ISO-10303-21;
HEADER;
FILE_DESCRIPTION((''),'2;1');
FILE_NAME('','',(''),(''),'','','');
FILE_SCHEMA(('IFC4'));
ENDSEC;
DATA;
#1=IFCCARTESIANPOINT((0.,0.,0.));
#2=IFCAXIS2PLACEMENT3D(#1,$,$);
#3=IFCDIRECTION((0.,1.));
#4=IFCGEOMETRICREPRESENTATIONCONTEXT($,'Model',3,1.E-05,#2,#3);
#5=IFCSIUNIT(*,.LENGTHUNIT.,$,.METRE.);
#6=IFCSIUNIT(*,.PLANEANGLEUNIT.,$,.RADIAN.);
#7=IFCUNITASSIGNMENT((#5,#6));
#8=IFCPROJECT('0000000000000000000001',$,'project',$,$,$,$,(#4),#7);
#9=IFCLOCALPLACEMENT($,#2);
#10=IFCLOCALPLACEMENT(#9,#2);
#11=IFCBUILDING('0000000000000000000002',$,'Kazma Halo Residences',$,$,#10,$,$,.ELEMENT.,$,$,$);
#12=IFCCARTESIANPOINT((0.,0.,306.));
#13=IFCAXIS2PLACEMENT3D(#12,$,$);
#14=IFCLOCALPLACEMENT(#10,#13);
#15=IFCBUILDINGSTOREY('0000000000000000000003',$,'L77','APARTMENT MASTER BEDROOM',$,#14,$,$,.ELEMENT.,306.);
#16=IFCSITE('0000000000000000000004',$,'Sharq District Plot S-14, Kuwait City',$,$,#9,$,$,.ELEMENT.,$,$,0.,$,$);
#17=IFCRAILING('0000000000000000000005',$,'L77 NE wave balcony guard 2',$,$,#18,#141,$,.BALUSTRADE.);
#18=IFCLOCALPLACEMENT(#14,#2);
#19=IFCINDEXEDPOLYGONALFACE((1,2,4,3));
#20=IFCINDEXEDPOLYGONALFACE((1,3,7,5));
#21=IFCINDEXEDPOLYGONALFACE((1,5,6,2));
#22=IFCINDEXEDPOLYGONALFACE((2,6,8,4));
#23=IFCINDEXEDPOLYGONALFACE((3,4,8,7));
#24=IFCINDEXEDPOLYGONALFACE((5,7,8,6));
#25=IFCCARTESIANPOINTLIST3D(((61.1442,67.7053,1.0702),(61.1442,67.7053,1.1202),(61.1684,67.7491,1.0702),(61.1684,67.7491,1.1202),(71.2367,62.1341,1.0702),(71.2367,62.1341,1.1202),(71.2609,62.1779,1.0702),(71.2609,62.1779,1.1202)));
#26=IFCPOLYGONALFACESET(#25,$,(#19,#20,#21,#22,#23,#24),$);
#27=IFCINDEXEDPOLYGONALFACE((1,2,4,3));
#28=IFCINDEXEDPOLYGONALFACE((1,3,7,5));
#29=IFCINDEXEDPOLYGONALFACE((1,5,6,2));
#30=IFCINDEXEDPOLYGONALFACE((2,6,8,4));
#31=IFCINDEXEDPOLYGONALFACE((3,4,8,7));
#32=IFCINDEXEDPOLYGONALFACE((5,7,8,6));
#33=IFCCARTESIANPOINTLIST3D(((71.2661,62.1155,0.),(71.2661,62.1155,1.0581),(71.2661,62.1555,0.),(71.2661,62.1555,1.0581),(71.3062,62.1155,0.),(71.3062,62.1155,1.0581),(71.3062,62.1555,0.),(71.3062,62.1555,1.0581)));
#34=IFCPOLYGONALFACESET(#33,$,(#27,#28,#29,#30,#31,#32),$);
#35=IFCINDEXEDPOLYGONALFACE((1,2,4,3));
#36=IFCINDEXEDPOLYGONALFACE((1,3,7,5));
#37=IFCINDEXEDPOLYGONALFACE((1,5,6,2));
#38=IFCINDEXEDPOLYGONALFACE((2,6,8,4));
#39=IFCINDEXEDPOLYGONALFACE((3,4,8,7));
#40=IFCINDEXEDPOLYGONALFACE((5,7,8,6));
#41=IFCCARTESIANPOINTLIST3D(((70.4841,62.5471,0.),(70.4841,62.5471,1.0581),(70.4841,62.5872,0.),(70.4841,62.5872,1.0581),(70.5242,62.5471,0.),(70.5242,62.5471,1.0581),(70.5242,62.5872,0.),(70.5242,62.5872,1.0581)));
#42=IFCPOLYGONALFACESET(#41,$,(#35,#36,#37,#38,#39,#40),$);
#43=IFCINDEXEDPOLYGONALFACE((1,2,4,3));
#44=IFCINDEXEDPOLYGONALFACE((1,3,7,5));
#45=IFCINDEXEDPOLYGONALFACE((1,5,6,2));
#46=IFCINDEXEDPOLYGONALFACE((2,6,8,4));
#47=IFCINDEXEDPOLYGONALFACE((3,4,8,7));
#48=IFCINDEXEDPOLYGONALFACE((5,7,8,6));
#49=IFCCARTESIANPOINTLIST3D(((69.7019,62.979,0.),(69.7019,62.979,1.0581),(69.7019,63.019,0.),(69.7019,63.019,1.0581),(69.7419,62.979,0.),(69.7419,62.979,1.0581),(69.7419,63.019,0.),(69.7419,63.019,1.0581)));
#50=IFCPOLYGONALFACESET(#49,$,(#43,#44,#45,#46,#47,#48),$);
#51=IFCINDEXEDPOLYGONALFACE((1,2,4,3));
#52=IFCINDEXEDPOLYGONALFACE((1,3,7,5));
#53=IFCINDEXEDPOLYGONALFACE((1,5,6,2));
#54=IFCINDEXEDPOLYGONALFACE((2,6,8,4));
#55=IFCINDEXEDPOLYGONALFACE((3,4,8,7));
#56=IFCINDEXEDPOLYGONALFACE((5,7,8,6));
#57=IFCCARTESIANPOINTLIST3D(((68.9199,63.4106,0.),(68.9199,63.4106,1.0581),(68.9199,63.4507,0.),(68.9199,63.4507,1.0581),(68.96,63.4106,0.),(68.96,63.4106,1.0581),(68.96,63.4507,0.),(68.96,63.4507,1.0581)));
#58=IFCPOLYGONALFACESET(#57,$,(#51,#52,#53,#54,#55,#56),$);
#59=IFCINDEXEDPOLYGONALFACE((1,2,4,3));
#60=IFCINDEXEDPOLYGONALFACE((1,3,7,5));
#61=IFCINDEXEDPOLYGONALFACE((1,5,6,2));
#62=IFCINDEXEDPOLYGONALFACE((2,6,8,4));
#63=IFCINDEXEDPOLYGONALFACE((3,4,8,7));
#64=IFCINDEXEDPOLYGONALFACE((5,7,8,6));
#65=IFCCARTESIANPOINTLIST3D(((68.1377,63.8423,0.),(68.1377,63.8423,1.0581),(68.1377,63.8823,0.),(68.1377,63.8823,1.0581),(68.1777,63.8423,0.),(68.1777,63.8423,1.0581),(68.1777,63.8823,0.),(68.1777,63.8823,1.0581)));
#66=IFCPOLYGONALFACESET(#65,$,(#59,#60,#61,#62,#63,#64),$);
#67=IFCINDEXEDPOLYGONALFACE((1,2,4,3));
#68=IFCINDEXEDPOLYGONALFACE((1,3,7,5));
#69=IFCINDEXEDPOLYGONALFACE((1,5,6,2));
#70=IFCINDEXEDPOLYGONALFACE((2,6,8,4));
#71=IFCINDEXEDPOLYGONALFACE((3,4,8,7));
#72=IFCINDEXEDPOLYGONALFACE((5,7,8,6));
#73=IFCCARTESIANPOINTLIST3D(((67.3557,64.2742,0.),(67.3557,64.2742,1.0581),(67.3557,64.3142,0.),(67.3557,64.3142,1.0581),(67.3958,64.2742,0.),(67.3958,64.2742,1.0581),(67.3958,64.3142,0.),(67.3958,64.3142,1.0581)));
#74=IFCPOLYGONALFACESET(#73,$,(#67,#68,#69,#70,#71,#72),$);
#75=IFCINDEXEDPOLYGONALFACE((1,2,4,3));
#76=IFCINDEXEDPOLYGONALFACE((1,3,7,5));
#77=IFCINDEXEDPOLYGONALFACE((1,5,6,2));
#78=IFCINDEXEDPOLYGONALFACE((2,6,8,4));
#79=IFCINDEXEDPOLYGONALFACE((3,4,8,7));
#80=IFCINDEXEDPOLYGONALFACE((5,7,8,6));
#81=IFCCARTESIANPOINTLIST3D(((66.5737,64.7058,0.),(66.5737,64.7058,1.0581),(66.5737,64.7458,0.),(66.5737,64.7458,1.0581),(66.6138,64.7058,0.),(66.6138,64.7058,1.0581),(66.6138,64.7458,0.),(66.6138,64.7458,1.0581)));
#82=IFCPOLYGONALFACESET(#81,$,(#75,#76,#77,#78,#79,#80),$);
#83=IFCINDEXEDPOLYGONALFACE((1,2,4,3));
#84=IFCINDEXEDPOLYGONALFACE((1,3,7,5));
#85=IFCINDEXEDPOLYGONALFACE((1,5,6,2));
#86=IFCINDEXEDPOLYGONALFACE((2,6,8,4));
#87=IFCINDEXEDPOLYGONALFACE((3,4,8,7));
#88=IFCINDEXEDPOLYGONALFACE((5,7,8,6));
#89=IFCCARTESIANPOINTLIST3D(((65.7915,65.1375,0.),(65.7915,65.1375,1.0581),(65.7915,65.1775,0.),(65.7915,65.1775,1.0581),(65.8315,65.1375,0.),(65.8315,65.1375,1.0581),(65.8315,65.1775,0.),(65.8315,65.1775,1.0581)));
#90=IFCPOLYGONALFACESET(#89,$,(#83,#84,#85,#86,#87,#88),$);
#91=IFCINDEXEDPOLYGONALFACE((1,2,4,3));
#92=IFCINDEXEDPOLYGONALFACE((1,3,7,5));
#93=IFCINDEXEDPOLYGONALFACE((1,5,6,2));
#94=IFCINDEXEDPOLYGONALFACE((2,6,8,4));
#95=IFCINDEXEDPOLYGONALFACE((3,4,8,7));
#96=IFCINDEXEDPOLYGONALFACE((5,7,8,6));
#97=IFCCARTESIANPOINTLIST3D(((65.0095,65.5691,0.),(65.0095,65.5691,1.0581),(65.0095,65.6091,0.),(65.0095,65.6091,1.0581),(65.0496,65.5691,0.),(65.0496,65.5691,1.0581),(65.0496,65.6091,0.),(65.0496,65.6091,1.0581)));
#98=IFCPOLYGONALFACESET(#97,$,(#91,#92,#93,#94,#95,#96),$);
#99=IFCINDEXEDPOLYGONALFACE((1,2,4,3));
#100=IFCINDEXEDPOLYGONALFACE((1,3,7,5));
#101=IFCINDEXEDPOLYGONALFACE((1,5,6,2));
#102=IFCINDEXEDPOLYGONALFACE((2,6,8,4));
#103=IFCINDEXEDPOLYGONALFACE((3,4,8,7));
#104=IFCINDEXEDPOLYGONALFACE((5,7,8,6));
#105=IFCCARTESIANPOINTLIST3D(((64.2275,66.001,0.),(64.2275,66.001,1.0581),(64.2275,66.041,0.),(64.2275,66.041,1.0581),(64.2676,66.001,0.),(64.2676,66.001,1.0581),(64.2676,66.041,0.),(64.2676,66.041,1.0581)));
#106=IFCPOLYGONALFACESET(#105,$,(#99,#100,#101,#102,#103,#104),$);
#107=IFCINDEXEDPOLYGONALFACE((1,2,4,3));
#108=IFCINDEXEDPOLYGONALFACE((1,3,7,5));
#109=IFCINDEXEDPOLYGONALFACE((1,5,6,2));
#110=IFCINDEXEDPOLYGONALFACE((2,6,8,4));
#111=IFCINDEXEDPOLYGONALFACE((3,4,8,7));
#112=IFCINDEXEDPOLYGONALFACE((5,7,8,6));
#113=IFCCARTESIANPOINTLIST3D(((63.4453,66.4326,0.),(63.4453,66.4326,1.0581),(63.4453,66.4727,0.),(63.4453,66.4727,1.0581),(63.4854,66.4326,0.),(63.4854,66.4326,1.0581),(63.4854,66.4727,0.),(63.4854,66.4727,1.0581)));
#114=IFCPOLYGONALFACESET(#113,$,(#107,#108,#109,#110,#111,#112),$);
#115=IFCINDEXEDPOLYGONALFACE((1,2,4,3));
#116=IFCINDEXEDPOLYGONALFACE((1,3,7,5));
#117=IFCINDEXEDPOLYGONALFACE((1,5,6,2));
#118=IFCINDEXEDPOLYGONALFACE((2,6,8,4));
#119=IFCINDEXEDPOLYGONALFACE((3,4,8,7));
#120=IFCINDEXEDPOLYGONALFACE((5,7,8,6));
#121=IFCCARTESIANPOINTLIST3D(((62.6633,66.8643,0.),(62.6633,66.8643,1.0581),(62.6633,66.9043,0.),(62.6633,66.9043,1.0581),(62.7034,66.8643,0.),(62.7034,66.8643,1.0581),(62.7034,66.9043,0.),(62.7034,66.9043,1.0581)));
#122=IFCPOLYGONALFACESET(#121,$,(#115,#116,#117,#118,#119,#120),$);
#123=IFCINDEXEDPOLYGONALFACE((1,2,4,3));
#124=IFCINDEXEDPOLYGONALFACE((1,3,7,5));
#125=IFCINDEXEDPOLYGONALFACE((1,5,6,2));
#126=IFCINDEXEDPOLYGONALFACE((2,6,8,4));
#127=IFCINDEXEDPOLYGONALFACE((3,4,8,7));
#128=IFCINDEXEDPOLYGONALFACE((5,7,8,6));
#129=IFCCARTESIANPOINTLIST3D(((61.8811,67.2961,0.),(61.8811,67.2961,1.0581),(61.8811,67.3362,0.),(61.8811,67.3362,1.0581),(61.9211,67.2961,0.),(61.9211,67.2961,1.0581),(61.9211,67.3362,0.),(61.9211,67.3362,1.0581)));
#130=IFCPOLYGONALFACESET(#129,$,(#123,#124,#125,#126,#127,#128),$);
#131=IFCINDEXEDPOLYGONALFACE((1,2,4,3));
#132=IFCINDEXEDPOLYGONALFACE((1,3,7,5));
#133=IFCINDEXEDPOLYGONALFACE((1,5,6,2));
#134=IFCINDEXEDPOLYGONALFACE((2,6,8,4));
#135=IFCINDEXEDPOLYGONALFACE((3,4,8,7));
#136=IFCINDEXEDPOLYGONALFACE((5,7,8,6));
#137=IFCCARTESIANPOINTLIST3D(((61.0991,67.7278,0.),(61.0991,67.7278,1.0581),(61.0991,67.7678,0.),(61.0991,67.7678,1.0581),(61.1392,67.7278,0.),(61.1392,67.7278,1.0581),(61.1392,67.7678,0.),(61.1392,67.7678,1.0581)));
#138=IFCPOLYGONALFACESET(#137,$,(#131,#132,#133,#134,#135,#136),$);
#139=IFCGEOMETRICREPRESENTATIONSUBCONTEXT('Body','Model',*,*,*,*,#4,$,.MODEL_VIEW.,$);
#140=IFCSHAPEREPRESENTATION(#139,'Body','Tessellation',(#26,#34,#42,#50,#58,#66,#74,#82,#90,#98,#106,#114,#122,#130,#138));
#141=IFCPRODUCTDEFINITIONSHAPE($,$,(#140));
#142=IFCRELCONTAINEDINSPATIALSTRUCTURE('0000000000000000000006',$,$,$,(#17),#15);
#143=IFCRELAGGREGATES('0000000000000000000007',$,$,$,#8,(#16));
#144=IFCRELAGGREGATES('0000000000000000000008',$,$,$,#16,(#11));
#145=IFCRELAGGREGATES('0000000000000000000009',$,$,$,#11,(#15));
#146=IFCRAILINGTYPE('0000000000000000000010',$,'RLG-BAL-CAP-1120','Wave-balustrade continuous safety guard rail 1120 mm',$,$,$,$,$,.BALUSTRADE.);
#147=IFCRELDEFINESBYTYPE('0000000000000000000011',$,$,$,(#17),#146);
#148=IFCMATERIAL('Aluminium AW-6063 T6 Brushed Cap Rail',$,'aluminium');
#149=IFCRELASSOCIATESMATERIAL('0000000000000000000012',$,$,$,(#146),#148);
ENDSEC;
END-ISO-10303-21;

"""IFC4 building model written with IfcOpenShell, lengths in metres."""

from ifc_helpers import new_model, si_unit, direction, frame, origin, origin_2d, place, context, subcontext, project, spatial, rectangle, extrude, material, type_object, element, save


model = new_model("IFC4")

# Units and contexts
model_context = context("Model", 3, precision=1e-05, world=origin(), true_north=direction((0.0, 1.0)))
body_context = subcontext(model_context, "Body", "Model", "MODEL_VIEW")
ifc_project = project(units=[si_unit("LENGTHUNIT", "METRE"), si_unit("PLANEANGLEUNIT", "RADIAN")], contexts=[model_context])

# Site, building, storey
site_placement = place(None, origin())
site = spatial("IfcSite", under=ifc_project, at=site_placement, Name="Sharq District Plot S-14, Kuwait City", CompositionType="ELEMENT", RefElevation=0.0)
building_placement = place(site_placement, origin())
building = spatial("IfcBuilding", under=site, at=building_placement, Name="Kazma Halo Residences", CompositionType="ELEMENT")
storey_placement = place(building_placement, frame((0.0, 0.0, 306.0)))
storey = spatial("IfcBuildingStorey", under=building, at=storey_placement, Name="L77", Description="APARTMENT MASTER BEDROOM", CompositionType="ELEMENT", Elevation=306.0)

# Railing
ifc_material_1 = material(Name="Aluminium AW-6063 T6 Brushed Cap Rail", Category="aluminium")
railing_type = type_object("IfcRailingType", Name="RLG-BAL-CAP-1120", Description="Wave-balustrade continuous safety guard rail 1120 mm", PredefinedType="BALUSTRADE", material=ifc_material_1)
railing_1_placement = place(storey_placement, frame((71.2861, 62.1355, 0.0)))
element("IfcRailing", 1, at=railing_1_placement, inside=storey, type_object=railing_type, Name="L77 NE wave balcony guard 2", PredefinedType="BALUSTRADE", context=body_context, shape_type="SweptSolid", body=[
    extrude(rectangle(XDim=0.05, YDim=0.05, at=origin_2d()), frame((-0.0374, 0.0205, 1.0952), z_axis=(-0.875471, 0.483271, 0.0), x_axis=(-0.483271, -0.875471, 0.0)), (0.0, 0.0, 1.0), 11.5281),
    extrude(rectangle(XDim=0.04, YDim=0.04, at=origin_2d()), origin(), (0.0, 0.0, 1.0), 1.0581),
    extrude(rectangle(XDim=0.04, YDim=0.04, at=origin_2d()), frame((-0.782, 0.4316, 0.0)), (0.0, 0.0, 1.0), 1.0581),
    extrude(rectangle(XDim=0.04, YDim=0.04, at=origin_2d()), frame((-1.5642, 0.8635, 0.0)), (0.0, 0.0, 1.0), 1.0581),
    extrude(rectangle(XDim=0.04, YDim=0.04, at=origin_2d()), frame((-2.3462, 1.2952, 0.0)), (0.0, 0.0, 1.0), 1.0581),
    extrude(rectangle(XDim=0.04, YDim=0.04, at=origin_2d()), frame((-3.1284, 1.7268, 0.0)), (0.0, 0.0, 1.0), 1.0581),
    extrude(rectangle(XDim=0.04, YDim=0.04, at=origin_2d()), frame((-3.9104, 2.1587, 0.0)), (0.0, 0.0, 1.0), 1.0581),
    extrude(rectangle(XDim=0.04, YDim=0.04, at=origin_2d()), frame((-4.6924, 2.5903, 0.0)), (0.0, 0.0, 1.0), 1.0581),
    extrude(rectangle(XDim=0.04, YDim=0.04, at=origin_2d()), frame((-5.4746, 3.022, 0.0)), (0.0, 0.0, 1.0), 1.0581),
    extrude(rectangle(XDim=0.04, YDim=0.04, at=origin_2d()), frame((-6.2566, 3.4536, 0.0)), (0.0, 0.0, 1.0), 1.0581),
    extrude(rectangle(XDim=0.04, YDim=0.04, at=origin_2d()), frame((-7.0386, 3.8855, 0.0)), (0.0, 0.0, 1.0), 1.0581),
    extrude(rectangle(XDim=0.04, YDim=0.04, at=origin_2d()), frame((-7.8208, 4.3171, 0.0)), (0.0, 0.0, 1.0), 1.0581),
    extrude(rectangle(XDim=0.04, YDim=0.04, at=origin_2d()), frame((-8.6028, 4.7488, 0.0)), (0.0, 0.0, 1.0), 1.0581),
    extrude(rectangle(XDim=0.04, YDim=0.04, at=origin_2d()), frame((-9.385, 5.1807, 0.0)), (0.0, 0.0, 1.0), 1.0581),
    extrude(rectangle(XDim=0.04, YDim=0.04, at=origin_2d()), frame((-10.167, 5.6123, 0.0)), (0.0, 0.0, 1.0), 1.0581),
])

save(model, "model.ifc")
